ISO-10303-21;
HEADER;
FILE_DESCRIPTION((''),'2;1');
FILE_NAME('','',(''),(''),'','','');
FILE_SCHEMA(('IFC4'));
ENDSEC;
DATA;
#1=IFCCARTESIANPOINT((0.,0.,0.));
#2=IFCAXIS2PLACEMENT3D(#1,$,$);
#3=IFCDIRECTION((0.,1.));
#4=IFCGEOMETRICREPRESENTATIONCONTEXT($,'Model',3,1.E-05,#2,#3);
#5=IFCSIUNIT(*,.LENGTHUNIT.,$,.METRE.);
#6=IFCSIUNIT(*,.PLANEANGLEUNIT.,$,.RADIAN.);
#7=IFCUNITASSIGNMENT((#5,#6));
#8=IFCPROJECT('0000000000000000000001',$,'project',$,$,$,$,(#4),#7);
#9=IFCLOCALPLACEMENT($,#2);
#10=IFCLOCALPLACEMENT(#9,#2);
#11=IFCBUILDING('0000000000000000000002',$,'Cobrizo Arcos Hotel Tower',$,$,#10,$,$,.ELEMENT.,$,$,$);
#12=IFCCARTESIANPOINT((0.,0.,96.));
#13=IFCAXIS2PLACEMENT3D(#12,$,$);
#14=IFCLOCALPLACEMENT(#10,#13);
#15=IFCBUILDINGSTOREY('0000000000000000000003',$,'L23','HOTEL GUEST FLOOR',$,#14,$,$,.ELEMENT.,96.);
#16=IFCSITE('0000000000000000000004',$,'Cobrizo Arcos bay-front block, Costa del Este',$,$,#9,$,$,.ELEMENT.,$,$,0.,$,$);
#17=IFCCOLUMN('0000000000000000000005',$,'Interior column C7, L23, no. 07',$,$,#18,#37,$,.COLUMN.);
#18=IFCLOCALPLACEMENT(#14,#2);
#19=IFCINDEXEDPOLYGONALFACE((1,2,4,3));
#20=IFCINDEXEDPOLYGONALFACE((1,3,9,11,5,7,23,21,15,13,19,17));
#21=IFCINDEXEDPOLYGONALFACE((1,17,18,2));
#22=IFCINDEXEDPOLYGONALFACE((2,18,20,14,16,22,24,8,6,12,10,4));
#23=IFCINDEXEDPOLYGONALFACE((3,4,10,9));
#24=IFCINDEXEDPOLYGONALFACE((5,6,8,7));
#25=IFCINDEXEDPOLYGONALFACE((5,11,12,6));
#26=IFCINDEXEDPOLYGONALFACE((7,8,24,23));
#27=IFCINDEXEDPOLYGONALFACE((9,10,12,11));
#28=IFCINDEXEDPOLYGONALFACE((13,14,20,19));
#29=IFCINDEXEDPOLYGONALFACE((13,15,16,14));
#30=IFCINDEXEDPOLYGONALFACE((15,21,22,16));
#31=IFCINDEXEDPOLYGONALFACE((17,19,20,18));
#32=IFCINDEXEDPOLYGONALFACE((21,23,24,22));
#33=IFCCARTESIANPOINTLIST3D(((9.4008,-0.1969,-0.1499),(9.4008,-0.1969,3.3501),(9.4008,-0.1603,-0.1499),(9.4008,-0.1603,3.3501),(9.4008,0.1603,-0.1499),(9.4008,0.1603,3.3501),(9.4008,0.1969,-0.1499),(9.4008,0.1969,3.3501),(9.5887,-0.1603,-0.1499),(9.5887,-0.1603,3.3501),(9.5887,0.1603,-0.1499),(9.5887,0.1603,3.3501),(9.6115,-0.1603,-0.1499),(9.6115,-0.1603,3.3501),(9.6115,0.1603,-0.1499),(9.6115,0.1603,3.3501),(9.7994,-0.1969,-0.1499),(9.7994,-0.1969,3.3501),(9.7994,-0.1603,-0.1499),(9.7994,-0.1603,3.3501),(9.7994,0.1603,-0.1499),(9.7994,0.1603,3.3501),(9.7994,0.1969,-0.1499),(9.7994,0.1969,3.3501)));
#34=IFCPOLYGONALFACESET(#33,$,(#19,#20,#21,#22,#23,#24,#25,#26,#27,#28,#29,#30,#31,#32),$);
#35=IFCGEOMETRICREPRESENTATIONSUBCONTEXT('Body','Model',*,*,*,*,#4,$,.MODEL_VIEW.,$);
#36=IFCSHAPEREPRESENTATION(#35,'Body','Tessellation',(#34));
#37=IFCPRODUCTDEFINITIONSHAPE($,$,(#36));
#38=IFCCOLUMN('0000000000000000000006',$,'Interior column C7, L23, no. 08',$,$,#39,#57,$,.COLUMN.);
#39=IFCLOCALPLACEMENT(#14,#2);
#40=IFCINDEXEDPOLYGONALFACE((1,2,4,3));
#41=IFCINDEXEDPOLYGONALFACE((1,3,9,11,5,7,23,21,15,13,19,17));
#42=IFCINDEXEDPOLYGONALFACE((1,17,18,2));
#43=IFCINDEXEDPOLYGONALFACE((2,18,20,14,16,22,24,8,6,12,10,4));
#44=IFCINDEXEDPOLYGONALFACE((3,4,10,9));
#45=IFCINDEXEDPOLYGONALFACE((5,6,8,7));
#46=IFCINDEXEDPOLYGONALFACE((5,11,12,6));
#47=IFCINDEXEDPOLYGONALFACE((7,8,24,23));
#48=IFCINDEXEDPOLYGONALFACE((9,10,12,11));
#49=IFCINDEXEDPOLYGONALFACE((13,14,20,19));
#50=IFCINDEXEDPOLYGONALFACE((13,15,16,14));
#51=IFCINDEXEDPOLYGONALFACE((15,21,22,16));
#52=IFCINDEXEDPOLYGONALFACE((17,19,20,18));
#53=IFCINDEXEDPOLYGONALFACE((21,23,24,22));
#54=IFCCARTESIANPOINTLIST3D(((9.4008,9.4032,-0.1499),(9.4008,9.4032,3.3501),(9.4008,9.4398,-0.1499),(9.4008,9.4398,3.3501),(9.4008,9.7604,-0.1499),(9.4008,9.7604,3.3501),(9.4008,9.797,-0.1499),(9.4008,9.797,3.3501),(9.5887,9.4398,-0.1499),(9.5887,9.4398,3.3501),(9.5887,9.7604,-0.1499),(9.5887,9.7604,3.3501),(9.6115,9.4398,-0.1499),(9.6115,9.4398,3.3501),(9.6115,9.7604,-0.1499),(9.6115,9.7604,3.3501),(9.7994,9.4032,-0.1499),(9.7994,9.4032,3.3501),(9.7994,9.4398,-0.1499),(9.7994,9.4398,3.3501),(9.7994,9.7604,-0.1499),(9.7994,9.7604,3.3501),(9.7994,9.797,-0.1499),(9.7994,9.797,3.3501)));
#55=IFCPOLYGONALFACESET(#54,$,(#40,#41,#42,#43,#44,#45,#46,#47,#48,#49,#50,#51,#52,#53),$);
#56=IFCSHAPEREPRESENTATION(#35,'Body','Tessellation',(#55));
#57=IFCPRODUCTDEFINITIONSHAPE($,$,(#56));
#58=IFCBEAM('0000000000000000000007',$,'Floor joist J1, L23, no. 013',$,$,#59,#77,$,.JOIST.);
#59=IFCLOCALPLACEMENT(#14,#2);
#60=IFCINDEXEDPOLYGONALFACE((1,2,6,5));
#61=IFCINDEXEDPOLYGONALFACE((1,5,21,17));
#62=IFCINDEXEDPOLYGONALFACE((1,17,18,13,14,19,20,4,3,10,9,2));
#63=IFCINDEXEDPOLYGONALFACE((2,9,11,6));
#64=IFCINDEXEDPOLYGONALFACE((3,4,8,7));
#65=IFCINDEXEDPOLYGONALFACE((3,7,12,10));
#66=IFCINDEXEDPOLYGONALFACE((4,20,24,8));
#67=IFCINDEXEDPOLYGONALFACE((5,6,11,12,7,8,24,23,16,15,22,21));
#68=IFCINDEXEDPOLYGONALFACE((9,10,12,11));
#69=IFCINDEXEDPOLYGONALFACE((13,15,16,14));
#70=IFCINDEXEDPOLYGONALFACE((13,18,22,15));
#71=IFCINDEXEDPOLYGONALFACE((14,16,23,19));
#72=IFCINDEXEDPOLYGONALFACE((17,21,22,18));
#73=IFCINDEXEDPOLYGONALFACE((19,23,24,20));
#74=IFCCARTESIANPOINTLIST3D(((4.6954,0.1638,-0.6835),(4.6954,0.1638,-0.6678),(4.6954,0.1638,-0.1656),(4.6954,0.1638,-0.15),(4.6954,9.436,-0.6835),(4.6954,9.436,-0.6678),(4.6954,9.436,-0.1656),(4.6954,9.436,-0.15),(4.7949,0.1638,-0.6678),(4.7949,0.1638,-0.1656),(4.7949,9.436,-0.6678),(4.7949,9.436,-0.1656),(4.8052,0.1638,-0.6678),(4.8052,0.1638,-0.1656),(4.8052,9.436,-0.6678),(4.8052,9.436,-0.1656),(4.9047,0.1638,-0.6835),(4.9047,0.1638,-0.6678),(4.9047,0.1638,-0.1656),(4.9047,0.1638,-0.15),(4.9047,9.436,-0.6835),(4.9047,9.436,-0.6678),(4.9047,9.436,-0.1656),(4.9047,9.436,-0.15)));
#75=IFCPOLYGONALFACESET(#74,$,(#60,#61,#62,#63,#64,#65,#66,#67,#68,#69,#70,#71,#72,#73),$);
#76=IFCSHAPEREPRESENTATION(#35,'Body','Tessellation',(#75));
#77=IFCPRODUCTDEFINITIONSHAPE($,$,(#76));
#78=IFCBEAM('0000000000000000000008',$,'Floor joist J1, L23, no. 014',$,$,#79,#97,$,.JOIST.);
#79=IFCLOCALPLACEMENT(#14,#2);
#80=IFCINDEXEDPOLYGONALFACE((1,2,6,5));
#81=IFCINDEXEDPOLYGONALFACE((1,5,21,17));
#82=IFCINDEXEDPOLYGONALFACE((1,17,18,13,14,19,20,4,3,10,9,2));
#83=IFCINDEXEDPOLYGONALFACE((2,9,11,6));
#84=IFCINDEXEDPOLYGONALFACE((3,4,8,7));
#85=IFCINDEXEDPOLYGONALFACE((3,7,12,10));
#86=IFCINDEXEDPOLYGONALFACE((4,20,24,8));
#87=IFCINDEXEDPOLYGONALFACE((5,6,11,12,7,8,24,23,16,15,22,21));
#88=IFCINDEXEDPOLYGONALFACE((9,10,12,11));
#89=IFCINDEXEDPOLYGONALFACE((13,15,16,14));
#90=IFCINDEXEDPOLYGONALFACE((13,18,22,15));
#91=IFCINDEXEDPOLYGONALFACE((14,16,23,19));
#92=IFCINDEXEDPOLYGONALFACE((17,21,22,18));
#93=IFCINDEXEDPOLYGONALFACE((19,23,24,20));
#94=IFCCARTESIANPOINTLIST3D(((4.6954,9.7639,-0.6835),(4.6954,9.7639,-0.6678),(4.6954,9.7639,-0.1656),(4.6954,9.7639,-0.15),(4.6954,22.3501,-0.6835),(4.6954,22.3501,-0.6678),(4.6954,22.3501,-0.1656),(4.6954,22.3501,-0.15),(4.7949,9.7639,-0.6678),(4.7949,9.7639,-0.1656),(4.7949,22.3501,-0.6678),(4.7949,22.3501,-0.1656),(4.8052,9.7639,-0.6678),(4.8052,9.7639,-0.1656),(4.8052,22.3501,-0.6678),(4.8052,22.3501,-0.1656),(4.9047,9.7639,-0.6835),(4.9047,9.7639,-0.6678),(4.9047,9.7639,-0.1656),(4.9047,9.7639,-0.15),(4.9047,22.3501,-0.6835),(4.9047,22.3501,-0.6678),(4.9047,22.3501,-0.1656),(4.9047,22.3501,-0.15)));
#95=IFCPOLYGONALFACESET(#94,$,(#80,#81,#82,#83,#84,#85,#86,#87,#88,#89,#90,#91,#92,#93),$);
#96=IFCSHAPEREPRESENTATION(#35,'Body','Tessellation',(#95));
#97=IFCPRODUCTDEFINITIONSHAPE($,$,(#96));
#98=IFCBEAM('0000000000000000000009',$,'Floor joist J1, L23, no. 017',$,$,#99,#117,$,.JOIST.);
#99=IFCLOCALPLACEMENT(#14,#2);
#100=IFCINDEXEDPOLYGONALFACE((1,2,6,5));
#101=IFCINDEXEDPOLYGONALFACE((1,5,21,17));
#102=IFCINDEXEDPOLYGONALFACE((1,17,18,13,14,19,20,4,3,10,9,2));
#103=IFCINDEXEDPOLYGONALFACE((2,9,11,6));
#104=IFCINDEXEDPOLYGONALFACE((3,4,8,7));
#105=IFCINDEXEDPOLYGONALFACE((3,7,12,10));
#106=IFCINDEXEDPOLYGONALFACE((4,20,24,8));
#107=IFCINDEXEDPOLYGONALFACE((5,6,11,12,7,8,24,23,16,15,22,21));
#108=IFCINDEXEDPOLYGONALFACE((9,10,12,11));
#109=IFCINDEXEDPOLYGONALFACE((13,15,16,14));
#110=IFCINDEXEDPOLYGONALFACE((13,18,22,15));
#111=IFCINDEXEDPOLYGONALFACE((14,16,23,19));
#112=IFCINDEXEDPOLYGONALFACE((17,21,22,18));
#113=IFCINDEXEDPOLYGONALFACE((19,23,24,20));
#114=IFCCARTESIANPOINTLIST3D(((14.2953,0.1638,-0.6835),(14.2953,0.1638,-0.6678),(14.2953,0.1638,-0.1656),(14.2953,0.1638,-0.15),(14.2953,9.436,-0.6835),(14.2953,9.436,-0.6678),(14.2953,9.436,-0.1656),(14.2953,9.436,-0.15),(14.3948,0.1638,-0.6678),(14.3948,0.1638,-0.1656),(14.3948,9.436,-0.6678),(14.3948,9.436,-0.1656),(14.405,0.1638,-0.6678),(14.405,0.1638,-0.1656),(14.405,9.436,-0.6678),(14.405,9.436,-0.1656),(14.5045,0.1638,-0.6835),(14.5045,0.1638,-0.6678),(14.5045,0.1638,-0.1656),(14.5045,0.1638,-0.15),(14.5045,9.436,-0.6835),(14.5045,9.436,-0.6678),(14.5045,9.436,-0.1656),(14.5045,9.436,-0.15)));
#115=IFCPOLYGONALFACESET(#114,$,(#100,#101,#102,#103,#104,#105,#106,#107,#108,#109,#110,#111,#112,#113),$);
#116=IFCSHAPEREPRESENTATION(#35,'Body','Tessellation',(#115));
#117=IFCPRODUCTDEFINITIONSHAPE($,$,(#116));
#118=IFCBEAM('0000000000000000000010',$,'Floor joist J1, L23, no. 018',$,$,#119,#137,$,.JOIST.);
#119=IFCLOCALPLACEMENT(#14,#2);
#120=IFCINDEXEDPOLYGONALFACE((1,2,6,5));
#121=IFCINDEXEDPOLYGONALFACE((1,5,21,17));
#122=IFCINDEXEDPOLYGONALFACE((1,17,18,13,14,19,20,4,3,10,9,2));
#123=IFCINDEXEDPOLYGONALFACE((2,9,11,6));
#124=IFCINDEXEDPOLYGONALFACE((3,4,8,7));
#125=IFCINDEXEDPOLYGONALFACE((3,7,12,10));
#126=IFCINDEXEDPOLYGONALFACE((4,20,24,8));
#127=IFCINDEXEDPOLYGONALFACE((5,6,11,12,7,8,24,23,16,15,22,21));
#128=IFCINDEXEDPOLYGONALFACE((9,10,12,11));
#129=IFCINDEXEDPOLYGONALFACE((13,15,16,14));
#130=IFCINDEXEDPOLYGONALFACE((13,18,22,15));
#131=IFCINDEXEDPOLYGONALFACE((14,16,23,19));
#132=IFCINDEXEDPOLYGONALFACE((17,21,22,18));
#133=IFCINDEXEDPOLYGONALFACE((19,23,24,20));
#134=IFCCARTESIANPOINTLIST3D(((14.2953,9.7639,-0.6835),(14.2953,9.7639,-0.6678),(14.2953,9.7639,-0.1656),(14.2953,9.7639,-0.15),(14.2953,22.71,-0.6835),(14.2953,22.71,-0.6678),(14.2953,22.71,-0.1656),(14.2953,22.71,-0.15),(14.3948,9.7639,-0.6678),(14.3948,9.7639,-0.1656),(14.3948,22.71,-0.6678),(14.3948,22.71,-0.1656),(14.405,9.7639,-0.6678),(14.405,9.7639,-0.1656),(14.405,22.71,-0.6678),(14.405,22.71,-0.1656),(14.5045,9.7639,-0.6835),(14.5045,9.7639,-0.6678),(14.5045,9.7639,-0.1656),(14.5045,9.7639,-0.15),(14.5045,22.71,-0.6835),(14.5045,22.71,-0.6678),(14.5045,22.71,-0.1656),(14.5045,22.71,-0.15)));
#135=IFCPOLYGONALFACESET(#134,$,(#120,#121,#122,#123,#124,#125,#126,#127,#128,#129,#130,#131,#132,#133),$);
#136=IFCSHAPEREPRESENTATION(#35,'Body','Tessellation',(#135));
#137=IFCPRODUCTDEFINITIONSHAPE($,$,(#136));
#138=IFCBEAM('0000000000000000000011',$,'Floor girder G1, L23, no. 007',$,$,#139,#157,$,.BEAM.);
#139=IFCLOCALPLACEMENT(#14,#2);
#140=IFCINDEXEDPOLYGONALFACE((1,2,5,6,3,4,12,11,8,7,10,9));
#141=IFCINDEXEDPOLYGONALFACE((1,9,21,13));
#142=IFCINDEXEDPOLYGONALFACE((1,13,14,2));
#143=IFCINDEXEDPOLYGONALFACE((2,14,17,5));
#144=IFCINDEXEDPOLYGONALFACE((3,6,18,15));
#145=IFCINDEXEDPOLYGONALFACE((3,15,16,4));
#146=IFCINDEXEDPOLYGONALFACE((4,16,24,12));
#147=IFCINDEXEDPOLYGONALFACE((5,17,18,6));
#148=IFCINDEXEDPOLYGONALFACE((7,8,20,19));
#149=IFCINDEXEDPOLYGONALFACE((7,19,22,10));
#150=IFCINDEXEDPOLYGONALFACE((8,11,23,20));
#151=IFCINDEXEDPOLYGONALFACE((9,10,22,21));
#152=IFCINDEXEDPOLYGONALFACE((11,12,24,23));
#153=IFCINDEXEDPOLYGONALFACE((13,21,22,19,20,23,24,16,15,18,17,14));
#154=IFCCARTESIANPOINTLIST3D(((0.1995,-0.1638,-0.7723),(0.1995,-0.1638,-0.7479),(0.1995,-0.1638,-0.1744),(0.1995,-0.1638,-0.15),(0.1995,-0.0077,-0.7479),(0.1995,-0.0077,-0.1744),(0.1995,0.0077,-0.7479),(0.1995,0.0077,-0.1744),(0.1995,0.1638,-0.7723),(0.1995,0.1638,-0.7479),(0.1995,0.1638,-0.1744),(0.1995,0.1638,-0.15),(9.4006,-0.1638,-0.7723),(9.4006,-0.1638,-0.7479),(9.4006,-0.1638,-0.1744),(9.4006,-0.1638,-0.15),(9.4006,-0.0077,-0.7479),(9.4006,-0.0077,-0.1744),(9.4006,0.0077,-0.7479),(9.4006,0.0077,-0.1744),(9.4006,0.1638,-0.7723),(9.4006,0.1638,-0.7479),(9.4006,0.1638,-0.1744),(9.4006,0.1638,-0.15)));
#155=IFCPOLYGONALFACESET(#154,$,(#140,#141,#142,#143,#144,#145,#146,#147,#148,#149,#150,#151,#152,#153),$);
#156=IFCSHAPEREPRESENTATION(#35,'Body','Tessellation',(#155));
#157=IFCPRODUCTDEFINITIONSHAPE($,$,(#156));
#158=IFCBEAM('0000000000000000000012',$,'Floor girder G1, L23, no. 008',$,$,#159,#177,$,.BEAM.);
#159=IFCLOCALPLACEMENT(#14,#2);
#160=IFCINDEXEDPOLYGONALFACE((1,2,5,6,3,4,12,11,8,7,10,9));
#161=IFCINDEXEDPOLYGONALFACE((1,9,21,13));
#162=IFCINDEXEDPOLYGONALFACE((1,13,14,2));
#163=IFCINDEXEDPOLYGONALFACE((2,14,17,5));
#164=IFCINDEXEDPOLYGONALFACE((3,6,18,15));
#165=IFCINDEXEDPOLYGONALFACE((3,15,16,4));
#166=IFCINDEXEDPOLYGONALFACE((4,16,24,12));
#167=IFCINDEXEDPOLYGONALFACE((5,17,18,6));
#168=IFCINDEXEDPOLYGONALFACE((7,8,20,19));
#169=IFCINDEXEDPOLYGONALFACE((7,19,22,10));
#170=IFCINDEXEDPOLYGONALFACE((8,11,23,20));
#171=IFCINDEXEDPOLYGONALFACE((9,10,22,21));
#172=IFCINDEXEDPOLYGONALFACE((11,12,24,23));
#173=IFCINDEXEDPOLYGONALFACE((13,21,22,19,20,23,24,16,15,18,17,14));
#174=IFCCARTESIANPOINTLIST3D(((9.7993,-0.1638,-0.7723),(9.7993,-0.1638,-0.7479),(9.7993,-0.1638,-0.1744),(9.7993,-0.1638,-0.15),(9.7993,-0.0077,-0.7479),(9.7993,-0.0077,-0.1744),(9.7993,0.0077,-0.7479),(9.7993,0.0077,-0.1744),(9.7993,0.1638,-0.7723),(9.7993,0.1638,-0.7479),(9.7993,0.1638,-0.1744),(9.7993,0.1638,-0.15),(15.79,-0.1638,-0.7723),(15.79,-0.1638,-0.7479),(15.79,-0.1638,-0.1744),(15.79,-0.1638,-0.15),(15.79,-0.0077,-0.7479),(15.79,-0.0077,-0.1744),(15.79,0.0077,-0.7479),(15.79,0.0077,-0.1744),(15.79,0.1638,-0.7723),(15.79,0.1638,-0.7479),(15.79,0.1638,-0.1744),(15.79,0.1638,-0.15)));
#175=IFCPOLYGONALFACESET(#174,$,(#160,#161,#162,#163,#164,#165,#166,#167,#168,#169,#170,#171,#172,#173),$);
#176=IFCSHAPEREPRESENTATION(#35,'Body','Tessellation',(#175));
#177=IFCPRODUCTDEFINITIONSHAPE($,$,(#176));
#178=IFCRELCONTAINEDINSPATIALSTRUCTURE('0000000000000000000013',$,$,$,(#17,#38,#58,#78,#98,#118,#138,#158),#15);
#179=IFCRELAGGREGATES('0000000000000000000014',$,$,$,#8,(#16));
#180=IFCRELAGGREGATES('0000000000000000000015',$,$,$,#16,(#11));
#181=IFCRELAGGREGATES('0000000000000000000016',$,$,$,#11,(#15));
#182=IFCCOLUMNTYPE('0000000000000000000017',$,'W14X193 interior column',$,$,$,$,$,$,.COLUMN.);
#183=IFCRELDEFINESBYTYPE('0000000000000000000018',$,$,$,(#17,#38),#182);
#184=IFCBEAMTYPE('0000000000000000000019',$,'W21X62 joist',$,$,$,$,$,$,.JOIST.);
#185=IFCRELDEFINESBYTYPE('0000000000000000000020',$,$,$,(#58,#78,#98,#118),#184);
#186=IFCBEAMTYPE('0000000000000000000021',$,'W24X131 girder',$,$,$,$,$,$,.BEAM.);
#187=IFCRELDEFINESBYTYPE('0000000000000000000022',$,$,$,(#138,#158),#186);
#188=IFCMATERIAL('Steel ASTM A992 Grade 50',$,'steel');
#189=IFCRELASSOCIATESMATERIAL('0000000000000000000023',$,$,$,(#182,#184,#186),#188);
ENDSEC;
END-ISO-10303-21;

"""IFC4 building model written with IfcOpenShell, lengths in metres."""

from ifc_helpers import new_model, si_unit, direction, frame, origin, origin_2d, place, context, subcontext, project, spatial, i_section, extrude, material, material_profile, profile_set, type_object, element, save


model = new_model("IFC4")

# Units and contexts
model_context = context("Model", 3, precision=1e-05, world=origin(), true_north=direction((0.0, 1.0)))
body_context = subcontext(model_context, "Body", "Model", "MODEL_VIEW")
ifc_project = project(units=[si_unit("LENGTHUNIT", "METRE"), si_unit("PLANEANGLEUNIT", "RADIAN")], contexts=[model_context])

# Site, building, storey
site_placement = place(None, origin())
site = spatial("IfcSite", under=ifc_project, at=site_placement, Name="Cobrizo Arcos bay-front block, Costa del Este", CompositionType="ELEMENT", RefElevation=0.0)
building_placement = place(site_placement, origin())
building = spatial("IfcBuilding", under=site, at=building_placement, Name="Cobrizo Arcos Hotel Tower", CompositionType="ELEMENT")
storey_placement = place(building_placement, frame((0.0, 0.0, 96.0)))
storey = spatial("IfcBuildingStorey", under=building, at=storey_placement, Name="L23", Description="HOTEL GUEST FLOOR", CompositionType="ELEMENT", Elevation=96.0)

# Columns
ifc_material_1 = material(Name="Steel ASTM A992 Grade 50", Category="steel")
ifc_material_profile_1 = material_profile(ifc_material_1, i_section(OverallWidth=0.3987, OverallDepth=0.3938, WebThickness=0.0227, FlangeThickness=0.0366, at=origin_2d()), Name="W14X193")
ifc_profile_set_1 = profile_set([ifc_material_profile_1], Name="Steel ASTM A992 Grade 50")
column_type = type_object("IfcColumnType", Name="W14X193 interior column", PredefinedType="COLUMN", material=ifc_profile_set_1)
for number, where, z_axis, x_axis, name in (
    (1, (9.6001, 0.0, -0.1499), (0.0, 0.0, 1.0), (1.0, 0.0, 0.0), "Interior column C7, L23, no. 07"),
    (2, (9.6001, 9.6001, -0.1499), (0.0, 0.0, 1.0), (1.0, 0.0, 0.0), "Interior column C7, L23, no. 08"),
):
    element("IfcColumn", number, at=place(storey_placement, frame(where, z_axis=z_axis, x_axis=x_axis)), inside=storey, type_object=column_type, Name=name, PredefinedType="COLUMN", context=body_context, shape_type="SweptSolid", body=[
        extrude(i_section(OverallWidth=0.3987, OverallDepth=0.3938, WebThickness=0.0227, FlangeThickness=0.0366, at=origin_2d()), origin(), (0.0, 0.0, 1.0), 3.5),
    ])

# Beams
ifc_material_profile_2 = material_profile(ifc_material_1, i_section(OverallWidth=0.2092, OverallDepth=0.5334, WebThickness=0.0103, FlangeThickness=0.0156, at=origin_2d()), Name="W21X62")
ifc_profile_set_2 = profile_set([ifc_material_profile_2], Name="Steel ASTM A992 Grade 50")
beam_type_1 = type_object("IfcBeamType", Name="W21X62 joist", PredefinedType="JOIST", material=ifc_profile_set_2)
beam_1_placement = place(storey_placement, frame((4.8, 0.1638, -0.4167), z_axis=(0.0, 1.0, 0.0), x_axis=(-1.0, 0.0, 0.0)))
element("IfcBeam", 3, at=beam_1_placement, inside=storey, type_object=beam_type_1, Name="Floor joist J1, L23, no. 013", PredefinedType="JOIST", context=body_context, shape_type="SweptSolid", body=[
    extrude(i_section(OverallWidth=0.2092, OverallDepth=0.5334, WebThickness=0.0103, FlangeThickness=0.0156, at=origin_2d()), origin(), (0.0, 0.0, 1.0), 9.2722),
])
beam_2_placement = place(storey_placement, frame((4.8, 9.7639, -0.4167), z_axis=(0.0, 1.0, 0.0), x_axis=(-1.0, 0.0, 0.0)))
element("IfcBeam", 4, at=beam_2_placement, inside=storey, type_object=beam_type_1, Name="Floor joist J1, L23, no. 014", PredefinedType="JOIST", context=body_context, shape_type="SweptSolid", body=[
    extrude(i_section(OverallWidth=0.2092, OverallDepth=0.5334, WebThickness=0.0103, FlangeThickness=0.0156, at=origin_2d()), origin(), (0.0, 0.0, 1.0), 12.5862),
])
beam_3_placement = place(storey_placement, frame((14.3999, 0.1638, -0.4167), z_axis=(0.0, 1.0, 0.0), x_axis=(-1.0, 0.0, 0.0)))
element("IfcBeam", 5, at=beam_3_placement, inside=storey, type_object=beam_type_1, Name="Floor joist J1, L23, no. 017", PredefinedType="JOIST", context=body_context, shape_type="SweptSolid", body=[
    extrude(i_section(OverallWidth=0.2092, OverallDepth=0.5334, WebThickness=0.0103, FlangeThickness=0.0156, at=origin_2d()), origin(), (0.0, 0.0, 1.0), 9.2722),
])
beam_4_placement = place(storey_placement, frame((14.3999, 9.7639, -0.4167), z_axis=(0.0, 1.0, 0.0), x_axis=(-1.0, 0.0, 0.0)))
element("IfcBeam", 6, at=beam_4_placement, inside=storey, type_object=beam_type_1, Name="Floor joist J1, L23, no. 018", PredefinedType="JOIST", context=body_context, shape_type="SweptSolid", body=[
    extrude(i_section(OverallWidth=0.2092, OverallDepth=0.5334, WebThickness=0.0103, FlangeThickness=0.0156, at=origin_2d()), origin(), (0.0, 0.0, 1.0), 12.946),
])
ifc_material_profile_3 = material_profile(ifc_material_1, i_section(OverallWidth=0.3276, OverallDepth=0.6223, WebThickness=0.0154, FlangeThickness=0.0244, at=origin_2d()), Name="W24X131")
ifc_profile_set_3 = profile_set([ifc_material_profile_3], Name="Steel ASTM A992 Grade 50")
beam_type_2 = type_object("IfcBeamType", Name="W24X131 girder", PredefinedType="BEAM", material=ifc_profile_set_3)
beam_5_placement = place(storey_placement, frame((0.1995, 0.0, -0.4612), z_axis=(1.0, 0.0, 0.0), x_axis=(0.0, 1.0, 0.0)))
element("IfcBeam", 7, at=beam_5_placement, inside=storey, type_object=beam_type_2, Name="Floor girder G1, L23, no. 007", PredefinedType="BEAM", context=body_context, shape_type="SweptSolid", body=[
    extrude(i_section(OverallWidth=0.3276, OverallDepth=0.6223, WebThickness=0.0154, FlangeThickness=0.0244, at=origin_2d()), origin(), (0.0, 0.0, 1.0), 9.2012),
])
beam_6_placement = place(storey_placement, frame((9.7993, 0.0, -0.4612), z_axis=(1.0, 0.0, 0.0), x_axis=(0.0, 1.0, 0.0)))
element("IfcBeam", 8, at=beam_6_placement, inside=storey, type_object=beam_type_2, Name="Floor girder G1, L23, no. 008", PredefinedType="BEAM", context=body_context, shape_type="SweptSolid", body=[
    extrude(i_section(OverallWidth=0.3276, OverallDepth=0.6223, WebThickness=0.0154, FlangeThickness=0.0244, at=origin_2d()), origin(), (0.0, 0.0, 1.0), 5.9907),
])

save(model, "model.ifc")
